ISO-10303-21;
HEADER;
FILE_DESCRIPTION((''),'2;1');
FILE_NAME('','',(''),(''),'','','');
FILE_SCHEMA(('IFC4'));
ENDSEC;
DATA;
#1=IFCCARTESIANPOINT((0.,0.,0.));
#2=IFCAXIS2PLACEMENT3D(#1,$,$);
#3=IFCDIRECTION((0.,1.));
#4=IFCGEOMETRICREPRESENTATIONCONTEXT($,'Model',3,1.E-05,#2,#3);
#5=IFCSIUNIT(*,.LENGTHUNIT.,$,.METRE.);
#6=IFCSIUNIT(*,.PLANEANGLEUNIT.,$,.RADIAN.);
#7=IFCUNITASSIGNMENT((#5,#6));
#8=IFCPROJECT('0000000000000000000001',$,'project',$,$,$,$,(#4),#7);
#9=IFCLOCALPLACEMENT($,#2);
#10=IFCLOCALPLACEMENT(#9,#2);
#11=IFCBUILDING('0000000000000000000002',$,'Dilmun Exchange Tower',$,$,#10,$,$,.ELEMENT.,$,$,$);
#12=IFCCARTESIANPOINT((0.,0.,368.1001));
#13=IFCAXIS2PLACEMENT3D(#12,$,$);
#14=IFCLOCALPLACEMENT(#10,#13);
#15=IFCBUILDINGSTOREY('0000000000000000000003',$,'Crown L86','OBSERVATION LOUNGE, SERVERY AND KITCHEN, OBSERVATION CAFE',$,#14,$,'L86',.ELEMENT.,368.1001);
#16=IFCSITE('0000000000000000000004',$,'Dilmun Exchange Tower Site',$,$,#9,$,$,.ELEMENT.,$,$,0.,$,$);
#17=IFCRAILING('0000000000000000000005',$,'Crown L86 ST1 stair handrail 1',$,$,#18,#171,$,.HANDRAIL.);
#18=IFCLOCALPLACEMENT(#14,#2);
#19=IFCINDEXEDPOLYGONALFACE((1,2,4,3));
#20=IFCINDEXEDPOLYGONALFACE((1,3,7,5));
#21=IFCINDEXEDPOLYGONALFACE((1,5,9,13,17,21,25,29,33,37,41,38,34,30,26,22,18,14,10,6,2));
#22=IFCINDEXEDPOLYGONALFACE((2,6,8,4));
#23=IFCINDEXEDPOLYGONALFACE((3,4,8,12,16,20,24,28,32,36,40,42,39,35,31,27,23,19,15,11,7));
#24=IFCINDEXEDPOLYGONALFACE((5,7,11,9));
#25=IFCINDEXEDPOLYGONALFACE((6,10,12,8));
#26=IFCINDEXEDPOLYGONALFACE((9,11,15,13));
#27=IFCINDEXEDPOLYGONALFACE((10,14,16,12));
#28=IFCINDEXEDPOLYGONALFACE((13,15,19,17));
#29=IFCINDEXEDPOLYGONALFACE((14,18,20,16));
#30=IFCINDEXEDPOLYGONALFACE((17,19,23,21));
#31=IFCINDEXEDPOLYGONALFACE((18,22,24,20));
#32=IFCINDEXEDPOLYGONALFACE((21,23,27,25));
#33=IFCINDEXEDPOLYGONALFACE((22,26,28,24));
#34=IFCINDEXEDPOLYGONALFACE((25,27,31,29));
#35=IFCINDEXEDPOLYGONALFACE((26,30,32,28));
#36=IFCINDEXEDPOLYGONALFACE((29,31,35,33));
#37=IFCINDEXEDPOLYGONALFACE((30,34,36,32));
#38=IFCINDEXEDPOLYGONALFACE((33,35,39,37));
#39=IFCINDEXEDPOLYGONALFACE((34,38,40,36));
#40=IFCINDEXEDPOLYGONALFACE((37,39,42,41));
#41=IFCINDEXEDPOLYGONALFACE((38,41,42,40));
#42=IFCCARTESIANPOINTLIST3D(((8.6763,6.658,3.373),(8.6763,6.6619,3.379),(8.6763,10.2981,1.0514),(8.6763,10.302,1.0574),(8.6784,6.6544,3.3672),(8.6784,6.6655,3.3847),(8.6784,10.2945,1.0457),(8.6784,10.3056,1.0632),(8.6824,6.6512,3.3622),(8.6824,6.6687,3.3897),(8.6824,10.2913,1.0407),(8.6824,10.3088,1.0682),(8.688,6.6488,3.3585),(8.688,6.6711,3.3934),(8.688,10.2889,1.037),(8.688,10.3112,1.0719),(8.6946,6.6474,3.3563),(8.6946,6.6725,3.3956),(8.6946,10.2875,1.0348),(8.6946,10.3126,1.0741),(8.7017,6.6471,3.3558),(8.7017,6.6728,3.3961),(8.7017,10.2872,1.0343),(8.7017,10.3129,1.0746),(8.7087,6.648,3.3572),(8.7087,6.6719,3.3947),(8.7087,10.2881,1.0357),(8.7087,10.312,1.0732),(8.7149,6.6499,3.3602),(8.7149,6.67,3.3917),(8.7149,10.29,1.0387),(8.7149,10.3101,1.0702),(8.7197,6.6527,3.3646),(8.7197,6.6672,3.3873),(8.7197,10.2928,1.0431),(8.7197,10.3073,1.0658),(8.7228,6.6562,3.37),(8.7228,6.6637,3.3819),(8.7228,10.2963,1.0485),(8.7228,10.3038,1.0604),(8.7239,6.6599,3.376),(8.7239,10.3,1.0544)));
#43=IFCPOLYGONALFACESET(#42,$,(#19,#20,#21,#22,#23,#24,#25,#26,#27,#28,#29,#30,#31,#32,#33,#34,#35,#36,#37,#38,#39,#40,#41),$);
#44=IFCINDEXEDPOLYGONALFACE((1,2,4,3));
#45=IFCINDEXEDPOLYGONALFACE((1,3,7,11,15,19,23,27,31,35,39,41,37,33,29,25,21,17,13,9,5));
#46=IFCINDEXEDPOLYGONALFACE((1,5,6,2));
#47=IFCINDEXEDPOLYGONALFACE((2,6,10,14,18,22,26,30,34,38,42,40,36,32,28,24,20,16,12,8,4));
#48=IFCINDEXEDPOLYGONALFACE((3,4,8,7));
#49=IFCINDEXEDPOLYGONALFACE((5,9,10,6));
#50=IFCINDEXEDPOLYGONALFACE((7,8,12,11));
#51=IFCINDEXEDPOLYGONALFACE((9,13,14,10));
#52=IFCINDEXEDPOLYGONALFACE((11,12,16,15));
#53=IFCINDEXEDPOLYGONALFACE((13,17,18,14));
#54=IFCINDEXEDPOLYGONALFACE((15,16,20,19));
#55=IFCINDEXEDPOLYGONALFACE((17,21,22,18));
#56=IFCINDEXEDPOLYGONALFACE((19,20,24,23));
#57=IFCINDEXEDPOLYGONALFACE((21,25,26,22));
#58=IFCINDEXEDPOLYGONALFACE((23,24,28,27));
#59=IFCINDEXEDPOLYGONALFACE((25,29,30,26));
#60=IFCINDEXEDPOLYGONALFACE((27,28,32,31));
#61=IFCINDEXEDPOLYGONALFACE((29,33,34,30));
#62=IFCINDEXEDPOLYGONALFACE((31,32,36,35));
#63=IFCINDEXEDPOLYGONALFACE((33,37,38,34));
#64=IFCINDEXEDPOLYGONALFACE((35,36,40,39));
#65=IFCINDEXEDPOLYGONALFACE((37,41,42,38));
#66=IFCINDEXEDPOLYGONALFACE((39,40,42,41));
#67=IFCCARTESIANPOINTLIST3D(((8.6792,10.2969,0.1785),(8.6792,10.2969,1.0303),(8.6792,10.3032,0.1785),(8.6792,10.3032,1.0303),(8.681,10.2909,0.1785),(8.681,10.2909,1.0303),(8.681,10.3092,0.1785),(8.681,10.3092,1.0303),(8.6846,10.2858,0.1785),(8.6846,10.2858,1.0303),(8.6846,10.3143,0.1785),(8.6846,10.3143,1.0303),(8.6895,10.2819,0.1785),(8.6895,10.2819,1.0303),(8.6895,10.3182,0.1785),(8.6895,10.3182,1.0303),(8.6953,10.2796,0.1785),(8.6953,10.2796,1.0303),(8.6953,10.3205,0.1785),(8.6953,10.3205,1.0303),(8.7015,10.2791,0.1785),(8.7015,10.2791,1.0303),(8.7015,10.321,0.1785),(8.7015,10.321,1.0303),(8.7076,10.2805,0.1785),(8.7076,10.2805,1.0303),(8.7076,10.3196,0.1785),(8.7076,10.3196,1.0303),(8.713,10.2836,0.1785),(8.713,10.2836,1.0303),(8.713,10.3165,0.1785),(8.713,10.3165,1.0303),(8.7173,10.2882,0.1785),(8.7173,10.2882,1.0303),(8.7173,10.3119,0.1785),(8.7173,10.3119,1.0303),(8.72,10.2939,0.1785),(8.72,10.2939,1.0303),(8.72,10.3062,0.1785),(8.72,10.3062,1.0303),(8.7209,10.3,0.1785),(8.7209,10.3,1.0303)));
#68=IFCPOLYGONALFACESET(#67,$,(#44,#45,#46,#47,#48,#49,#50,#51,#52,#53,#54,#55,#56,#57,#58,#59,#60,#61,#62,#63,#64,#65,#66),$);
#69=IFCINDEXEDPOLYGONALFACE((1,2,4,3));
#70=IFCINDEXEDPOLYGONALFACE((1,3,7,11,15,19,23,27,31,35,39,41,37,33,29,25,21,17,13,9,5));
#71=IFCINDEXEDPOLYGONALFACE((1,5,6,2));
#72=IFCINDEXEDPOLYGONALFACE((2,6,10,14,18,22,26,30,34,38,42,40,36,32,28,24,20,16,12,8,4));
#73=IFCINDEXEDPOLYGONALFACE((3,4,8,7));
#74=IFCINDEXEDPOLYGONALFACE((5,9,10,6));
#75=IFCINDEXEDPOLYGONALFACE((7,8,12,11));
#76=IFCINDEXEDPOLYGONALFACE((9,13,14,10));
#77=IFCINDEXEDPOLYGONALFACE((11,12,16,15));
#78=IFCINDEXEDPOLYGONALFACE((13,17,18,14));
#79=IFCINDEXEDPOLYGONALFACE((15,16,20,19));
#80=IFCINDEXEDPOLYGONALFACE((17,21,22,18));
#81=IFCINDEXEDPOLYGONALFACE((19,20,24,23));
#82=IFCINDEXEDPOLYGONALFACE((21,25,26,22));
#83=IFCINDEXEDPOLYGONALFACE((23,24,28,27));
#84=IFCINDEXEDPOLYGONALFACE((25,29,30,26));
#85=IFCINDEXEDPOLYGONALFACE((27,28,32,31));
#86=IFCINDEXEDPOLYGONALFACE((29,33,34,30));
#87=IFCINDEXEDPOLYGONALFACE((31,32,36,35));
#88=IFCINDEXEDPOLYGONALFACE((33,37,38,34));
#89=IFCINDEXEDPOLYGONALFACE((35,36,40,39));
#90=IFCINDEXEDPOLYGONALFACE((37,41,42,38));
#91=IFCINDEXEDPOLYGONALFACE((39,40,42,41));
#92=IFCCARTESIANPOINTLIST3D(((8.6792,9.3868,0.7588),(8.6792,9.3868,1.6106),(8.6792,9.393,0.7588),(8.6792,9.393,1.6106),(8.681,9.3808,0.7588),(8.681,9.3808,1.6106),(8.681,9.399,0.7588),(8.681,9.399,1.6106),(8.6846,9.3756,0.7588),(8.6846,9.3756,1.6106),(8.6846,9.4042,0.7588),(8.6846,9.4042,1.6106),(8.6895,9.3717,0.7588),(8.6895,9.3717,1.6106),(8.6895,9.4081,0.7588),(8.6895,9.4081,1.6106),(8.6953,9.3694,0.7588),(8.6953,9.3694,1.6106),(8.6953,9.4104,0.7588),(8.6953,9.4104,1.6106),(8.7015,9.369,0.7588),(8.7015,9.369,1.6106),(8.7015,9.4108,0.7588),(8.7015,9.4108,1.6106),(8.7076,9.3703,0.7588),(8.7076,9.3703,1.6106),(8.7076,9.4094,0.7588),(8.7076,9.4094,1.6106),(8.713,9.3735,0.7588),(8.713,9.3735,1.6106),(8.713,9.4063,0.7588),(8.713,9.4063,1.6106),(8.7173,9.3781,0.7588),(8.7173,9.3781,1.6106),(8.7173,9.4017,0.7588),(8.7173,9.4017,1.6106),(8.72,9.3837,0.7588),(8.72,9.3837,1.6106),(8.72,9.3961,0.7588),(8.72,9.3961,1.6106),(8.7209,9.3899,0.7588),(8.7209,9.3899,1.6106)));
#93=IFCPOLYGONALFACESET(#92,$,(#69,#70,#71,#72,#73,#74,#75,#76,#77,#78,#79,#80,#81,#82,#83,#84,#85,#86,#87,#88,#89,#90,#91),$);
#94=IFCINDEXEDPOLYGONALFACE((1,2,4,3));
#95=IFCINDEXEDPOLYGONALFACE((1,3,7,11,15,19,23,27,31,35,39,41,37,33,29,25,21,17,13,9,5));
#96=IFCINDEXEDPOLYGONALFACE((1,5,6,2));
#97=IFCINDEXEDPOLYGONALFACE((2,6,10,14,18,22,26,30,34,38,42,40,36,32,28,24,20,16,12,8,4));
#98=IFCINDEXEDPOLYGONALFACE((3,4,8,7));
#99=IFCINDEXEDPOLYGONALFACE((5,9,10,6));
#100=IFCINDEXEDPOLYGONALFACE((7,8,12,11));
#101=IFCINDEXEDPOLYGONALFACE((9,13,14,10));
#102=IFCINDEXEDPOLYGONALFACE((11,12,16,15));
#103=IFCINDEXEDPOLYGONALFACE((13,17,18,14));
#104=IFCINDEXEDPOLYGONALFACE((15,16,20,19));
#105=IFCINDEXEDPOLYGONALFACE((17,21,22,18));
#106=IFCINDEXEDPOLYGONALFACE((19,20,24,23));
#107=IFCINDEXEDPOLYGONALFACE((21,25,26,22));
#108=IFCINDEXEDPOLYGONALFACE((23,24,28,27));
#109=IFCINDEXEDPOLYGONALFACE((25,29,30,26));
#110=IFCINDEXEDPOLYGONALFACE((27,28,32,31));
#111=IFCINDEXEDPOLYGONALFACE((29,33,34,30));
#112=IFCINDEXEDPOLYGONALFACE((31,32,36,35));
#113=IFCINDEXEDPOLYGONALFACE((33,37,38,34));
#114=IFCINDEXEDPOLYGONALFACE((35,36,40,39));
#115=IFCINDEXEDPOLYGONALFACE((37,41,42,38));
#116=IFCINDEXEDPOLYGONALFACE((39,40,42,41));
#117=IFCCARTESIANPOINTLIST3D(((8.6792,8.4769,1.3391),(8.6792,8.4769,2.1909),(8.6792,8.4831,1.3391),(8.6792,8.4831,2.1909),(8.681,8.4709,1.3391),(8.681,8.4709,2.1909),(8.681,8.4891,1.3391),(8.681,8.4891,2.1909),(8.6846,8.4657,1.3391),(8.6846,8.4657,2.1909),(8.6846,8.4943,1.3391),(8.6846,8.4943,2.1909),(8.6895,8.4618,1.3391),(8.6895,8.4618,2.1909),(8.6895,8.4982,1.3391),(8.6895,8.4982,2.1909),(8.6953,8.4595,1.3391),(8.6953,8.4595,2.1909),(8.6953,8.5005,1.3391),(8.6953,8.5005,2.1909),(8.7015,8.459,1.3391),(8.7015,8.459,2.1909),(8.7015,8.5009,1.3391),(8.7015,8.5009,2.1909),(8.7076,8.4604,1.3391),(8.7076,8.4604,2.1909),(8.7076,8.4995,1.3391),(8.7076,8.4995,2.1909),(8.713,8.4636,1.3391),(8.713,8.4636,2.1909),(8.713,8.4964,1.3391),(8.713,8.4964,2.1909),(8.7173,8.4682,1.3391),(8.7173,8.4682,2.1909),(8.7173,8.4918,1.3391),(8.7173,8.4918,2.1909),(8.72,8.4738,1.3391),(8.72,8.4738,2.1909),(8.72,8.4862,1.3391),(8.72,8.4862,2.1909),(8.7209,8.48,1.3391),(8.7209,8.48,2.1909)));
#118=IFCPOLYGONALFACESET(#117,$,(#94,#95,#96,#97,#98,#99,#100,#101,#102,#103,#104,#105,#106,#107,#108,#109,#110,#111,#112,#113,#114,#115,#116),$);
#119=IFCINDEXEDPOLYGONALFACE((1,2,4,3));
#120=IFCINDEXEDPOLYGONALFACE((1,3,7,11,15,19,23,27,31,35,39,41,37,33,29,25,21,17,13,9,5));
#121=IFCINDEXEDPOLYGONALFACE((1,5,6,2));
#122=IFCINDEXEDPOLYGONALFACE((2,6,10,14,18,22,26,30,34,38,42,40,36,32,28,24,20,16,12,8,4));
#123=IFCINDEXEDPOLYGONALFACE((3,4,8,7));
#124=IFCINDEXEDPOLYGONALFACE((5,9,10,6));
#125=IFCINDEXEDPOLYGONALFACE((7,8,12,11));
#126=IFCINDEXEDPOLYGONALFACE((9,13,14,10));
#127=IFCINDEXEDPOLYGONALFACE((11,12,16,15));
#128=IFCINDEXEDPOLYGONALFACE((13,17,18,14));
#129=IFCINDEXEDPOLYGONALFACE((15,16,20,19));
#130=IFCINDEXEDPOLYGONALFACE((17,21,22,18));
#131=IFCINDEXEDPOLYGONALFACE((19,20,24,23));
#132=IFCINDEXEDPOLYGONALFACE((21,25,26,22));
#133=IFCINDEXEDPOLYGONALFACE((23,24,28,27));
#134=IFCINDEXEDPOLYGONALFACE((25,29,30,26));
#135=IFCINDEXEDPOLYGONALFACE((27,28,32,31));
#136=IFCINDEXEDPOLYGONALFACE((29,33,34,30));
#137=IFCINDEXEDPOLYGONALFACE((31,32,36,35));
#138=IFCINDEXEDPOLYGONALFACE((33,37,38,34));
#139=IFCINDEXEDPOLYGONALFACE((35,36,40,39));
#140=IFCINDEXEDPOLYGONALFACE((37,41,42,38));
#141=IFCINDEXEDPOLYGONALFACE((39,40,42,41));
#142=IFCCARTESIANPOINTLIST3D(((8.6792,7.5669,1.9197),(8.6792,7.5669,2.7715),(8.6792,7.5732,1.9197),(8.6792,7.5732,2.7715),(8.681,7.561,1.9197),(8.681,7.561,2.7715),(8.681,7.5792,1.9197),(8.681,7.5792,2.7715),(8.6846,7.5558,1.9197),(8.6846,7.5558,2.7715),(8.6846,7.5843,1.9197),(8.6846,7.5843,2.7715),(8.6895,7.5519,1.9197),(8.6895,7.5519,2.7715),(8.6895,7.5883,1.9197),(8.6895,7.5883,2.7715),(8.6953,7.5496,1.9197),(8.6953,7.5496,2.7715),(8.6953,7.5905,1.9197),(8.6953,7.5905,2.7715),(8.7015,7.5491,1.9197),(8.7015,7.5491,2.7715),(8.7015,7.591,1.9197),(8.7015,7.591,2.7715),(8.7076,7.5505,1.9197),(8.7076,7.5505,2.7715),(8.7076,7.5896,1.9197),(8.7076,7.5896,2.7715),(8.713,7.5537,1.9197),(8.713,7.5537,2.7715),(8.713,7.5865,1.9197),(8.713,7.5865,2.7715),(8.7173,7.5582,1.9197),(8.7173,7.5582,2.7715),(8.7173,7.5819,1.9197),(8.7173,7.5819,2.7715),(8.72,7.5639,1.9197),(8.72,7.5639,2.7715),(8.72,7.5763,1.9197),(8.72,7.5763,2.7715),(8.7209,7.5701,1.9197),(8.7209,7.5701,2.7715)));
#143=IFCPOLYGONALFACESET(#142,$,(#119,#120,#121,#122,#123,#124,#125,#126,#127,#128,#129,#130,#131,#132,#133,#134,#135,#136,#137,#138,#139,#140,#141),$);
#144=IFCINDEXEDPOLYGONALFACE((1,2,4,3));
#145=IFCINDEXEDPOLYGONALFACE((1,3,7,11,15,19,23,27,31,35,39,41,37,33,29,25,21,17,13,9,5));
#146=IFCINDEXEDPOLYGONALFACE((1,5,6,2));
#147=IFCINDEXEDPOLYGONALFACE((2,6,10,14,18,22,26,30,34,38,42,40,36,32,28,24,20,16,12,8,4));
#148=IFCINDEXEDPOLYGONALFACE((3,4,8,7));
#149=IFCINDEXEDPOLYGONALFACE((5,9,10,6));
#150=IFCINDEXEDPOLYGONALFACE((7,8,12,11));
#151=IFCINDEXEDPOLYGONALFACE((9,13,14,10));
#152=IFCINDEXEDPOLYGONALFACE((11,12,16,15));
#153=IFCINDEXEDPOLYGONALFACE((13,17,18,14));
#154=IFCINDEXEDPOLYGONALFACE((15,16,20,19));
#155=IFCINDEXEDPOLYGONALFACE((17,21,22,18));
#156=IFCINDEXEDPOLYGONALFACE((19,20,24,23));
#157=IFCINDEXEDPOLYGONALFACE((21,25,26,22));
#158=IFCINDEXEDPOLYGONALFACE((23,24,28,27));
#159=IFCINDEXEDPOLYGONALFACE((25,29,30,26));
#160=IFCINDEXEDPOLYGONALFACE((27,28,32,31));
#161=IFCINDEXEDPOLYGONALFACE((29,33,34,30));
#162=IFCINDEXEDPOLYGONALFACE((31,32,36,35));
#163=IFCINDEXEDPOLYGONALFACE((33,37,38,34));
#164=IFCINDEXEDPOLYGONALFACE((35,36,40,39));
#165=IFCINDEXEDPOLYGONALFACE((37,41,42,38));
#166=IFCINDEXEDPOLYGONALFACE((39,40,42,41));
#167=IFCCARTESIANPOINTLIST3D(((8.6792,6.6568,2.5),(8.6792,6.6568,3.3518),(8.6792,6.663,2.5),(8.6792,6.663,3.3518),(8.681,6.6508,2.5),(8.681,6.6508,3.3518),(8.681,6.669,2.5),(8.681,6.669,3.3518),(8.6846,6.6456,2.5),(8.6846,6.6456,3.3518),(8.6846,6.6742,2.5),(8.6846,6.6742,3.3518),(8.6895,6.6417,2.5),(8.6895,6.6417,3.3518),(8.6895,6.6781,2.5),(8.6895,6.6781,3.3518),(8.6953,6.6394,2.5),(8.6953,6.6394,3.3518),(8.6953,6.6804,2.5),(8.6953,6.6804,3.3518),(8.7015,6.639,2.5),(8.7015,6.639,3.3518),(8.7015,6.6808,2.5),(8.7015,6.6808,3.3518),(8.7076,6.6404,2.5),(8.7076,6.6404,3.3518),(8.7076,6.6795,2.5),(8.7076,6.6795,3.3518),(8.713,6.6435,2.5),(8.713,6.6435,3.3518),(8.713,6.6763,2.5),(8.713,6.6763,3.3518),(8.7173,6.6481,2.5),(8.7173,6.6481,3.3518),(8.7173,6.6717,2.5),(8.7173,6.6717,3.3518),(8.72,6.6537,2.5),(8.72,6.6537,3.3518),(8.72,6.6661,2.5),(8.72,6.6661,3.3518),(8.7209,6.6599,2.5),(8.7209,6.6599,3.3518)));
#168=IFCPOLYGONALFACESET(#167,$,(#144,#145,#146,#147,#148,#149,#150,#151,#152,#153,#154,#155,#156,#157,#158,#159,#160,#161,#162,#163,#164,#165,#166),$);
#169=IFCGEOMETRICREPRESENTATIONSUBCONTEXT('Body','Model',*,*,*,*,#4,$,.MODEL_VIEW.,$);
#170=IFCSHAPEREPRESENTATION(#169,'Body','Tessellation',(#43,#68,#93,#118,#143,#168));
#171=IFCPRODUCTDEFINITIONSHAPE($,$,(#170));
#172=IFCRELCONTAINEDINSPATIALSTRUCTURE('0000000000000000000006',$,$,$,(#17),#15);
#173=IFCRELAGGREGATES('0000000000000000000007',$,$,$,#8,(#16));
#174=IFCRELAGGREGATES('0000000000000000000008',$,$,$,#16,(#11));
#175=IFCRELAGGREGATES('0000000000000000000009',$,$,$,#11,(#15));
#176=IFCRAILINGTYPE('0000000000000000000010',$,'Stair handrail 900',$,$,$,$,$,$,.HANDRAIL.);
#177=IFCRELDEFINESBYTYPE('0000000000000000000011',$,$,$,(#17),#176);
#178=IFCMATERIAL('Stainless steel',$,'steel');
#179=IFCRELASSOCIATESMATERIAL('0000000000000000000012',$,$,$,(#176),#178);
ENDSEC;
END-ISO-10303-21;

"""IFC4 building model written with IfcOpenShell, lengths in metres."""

from ifc_helpers import new_model, si_unit, direction, frame, origin, origin_2d, place, context, subcontext, project, spatial, circle, extrude, material, type_object, element, save


model = new_model("IFC4")

# Units and contexts
model_context = context("Model", 3, precision=1e-05, world=origin(), true_north=direction((0.0, 1.0)))
body_context = subcontext(model_context, "Body", "Model", "MODEL_VIEW")
ifc_project = project(units=[si_unit("LENGTHUNIT", "METRE"), si_unit("PLANEANGLEUNIT", "RADIAN")], contexts=[model_context])

# Site, building, storey
site_placement = place(None, origin())
site = spatial("IfcSite", under=ifc_project, at=site_placement, Name="Dilmun Exchange Tower Site", CompositionType="ELEMENT", RefElevation=0.0)
building_placement = place(site_placement, origin())
building = spatial("IfcBuilding", under=site, at=building_placement, Name="Dilmun Exchange Tower", CompositionType="ELEMENT")
storey_placement = place(building_placement, frame((0.0, 0.0, 368.1001)))
storey = spatial("IfcBuildingStorey", under=building, at=storey_placement, Name="Crown L86", Description="OBSERVATION LOUNGE, SERVERY AND KITCHEN, OBSERVATION CAFE", LongName="L86", CompositionType="ELEMENT", Elevation=368.1001)

# Railing
ifc_material_1 = material(Name="Stainless steel", Category="steel")
railing_type = type_object("IfcRailingType", Name="Stair handrail 900", PredefinedType="HANDRAIL", material=ifc_material_1)
railing_1_placement = place(storey_placement, frame((8.7, 10.3, 0.1785)))
element("IfcRailing", 1, at=railing_1_placement, inside=storey, type_object=railing_type, Name="Crown L86 ST1 stair handrail 1", PredefinedType="HANDRAIL", context=body_context, shape_type="SweptSolid", body=[
    extrude(circle(Radius=0.0239, at=origin_2d()), frame((0.0, 0.0, 0.876), z_axis=(0.0, -0.843128, 0.537713), x_axis=(1.0, 0.0, 0.0)), (0.0, 0.0, 1.0), 4.3174),
    extrude(circle(Radius=0.021, at=origin_2d()), origin(), (0.0, 0.0, 1.0), 0.8518),
    extrude(circle(Radius=0.021, at=origin_2d()), frame((0.0, -0.9102, 0.5803)), (0.0, 0.0, 1.0), 0.8518),
    extrude(circle(Radius=0.021, at=origin_2d()), frame((0.0, -1.8201, 1.1606)), (0.0, 0.0, 1.0), 0.8518),
    extrude(circle(Radius=0.021, at=origin_2d()), frame((0.0, -2.73, 1.7412)), (0.0, 0.0, 1.0), 0.8518),
    extrude(circle(Radius=0.021, at=origin_2d()), frame((0.0, -3.6401, 2.3215)), (0.0, 0.0, 1.0), 0.8518),
])

save(model, "model.ifc")
